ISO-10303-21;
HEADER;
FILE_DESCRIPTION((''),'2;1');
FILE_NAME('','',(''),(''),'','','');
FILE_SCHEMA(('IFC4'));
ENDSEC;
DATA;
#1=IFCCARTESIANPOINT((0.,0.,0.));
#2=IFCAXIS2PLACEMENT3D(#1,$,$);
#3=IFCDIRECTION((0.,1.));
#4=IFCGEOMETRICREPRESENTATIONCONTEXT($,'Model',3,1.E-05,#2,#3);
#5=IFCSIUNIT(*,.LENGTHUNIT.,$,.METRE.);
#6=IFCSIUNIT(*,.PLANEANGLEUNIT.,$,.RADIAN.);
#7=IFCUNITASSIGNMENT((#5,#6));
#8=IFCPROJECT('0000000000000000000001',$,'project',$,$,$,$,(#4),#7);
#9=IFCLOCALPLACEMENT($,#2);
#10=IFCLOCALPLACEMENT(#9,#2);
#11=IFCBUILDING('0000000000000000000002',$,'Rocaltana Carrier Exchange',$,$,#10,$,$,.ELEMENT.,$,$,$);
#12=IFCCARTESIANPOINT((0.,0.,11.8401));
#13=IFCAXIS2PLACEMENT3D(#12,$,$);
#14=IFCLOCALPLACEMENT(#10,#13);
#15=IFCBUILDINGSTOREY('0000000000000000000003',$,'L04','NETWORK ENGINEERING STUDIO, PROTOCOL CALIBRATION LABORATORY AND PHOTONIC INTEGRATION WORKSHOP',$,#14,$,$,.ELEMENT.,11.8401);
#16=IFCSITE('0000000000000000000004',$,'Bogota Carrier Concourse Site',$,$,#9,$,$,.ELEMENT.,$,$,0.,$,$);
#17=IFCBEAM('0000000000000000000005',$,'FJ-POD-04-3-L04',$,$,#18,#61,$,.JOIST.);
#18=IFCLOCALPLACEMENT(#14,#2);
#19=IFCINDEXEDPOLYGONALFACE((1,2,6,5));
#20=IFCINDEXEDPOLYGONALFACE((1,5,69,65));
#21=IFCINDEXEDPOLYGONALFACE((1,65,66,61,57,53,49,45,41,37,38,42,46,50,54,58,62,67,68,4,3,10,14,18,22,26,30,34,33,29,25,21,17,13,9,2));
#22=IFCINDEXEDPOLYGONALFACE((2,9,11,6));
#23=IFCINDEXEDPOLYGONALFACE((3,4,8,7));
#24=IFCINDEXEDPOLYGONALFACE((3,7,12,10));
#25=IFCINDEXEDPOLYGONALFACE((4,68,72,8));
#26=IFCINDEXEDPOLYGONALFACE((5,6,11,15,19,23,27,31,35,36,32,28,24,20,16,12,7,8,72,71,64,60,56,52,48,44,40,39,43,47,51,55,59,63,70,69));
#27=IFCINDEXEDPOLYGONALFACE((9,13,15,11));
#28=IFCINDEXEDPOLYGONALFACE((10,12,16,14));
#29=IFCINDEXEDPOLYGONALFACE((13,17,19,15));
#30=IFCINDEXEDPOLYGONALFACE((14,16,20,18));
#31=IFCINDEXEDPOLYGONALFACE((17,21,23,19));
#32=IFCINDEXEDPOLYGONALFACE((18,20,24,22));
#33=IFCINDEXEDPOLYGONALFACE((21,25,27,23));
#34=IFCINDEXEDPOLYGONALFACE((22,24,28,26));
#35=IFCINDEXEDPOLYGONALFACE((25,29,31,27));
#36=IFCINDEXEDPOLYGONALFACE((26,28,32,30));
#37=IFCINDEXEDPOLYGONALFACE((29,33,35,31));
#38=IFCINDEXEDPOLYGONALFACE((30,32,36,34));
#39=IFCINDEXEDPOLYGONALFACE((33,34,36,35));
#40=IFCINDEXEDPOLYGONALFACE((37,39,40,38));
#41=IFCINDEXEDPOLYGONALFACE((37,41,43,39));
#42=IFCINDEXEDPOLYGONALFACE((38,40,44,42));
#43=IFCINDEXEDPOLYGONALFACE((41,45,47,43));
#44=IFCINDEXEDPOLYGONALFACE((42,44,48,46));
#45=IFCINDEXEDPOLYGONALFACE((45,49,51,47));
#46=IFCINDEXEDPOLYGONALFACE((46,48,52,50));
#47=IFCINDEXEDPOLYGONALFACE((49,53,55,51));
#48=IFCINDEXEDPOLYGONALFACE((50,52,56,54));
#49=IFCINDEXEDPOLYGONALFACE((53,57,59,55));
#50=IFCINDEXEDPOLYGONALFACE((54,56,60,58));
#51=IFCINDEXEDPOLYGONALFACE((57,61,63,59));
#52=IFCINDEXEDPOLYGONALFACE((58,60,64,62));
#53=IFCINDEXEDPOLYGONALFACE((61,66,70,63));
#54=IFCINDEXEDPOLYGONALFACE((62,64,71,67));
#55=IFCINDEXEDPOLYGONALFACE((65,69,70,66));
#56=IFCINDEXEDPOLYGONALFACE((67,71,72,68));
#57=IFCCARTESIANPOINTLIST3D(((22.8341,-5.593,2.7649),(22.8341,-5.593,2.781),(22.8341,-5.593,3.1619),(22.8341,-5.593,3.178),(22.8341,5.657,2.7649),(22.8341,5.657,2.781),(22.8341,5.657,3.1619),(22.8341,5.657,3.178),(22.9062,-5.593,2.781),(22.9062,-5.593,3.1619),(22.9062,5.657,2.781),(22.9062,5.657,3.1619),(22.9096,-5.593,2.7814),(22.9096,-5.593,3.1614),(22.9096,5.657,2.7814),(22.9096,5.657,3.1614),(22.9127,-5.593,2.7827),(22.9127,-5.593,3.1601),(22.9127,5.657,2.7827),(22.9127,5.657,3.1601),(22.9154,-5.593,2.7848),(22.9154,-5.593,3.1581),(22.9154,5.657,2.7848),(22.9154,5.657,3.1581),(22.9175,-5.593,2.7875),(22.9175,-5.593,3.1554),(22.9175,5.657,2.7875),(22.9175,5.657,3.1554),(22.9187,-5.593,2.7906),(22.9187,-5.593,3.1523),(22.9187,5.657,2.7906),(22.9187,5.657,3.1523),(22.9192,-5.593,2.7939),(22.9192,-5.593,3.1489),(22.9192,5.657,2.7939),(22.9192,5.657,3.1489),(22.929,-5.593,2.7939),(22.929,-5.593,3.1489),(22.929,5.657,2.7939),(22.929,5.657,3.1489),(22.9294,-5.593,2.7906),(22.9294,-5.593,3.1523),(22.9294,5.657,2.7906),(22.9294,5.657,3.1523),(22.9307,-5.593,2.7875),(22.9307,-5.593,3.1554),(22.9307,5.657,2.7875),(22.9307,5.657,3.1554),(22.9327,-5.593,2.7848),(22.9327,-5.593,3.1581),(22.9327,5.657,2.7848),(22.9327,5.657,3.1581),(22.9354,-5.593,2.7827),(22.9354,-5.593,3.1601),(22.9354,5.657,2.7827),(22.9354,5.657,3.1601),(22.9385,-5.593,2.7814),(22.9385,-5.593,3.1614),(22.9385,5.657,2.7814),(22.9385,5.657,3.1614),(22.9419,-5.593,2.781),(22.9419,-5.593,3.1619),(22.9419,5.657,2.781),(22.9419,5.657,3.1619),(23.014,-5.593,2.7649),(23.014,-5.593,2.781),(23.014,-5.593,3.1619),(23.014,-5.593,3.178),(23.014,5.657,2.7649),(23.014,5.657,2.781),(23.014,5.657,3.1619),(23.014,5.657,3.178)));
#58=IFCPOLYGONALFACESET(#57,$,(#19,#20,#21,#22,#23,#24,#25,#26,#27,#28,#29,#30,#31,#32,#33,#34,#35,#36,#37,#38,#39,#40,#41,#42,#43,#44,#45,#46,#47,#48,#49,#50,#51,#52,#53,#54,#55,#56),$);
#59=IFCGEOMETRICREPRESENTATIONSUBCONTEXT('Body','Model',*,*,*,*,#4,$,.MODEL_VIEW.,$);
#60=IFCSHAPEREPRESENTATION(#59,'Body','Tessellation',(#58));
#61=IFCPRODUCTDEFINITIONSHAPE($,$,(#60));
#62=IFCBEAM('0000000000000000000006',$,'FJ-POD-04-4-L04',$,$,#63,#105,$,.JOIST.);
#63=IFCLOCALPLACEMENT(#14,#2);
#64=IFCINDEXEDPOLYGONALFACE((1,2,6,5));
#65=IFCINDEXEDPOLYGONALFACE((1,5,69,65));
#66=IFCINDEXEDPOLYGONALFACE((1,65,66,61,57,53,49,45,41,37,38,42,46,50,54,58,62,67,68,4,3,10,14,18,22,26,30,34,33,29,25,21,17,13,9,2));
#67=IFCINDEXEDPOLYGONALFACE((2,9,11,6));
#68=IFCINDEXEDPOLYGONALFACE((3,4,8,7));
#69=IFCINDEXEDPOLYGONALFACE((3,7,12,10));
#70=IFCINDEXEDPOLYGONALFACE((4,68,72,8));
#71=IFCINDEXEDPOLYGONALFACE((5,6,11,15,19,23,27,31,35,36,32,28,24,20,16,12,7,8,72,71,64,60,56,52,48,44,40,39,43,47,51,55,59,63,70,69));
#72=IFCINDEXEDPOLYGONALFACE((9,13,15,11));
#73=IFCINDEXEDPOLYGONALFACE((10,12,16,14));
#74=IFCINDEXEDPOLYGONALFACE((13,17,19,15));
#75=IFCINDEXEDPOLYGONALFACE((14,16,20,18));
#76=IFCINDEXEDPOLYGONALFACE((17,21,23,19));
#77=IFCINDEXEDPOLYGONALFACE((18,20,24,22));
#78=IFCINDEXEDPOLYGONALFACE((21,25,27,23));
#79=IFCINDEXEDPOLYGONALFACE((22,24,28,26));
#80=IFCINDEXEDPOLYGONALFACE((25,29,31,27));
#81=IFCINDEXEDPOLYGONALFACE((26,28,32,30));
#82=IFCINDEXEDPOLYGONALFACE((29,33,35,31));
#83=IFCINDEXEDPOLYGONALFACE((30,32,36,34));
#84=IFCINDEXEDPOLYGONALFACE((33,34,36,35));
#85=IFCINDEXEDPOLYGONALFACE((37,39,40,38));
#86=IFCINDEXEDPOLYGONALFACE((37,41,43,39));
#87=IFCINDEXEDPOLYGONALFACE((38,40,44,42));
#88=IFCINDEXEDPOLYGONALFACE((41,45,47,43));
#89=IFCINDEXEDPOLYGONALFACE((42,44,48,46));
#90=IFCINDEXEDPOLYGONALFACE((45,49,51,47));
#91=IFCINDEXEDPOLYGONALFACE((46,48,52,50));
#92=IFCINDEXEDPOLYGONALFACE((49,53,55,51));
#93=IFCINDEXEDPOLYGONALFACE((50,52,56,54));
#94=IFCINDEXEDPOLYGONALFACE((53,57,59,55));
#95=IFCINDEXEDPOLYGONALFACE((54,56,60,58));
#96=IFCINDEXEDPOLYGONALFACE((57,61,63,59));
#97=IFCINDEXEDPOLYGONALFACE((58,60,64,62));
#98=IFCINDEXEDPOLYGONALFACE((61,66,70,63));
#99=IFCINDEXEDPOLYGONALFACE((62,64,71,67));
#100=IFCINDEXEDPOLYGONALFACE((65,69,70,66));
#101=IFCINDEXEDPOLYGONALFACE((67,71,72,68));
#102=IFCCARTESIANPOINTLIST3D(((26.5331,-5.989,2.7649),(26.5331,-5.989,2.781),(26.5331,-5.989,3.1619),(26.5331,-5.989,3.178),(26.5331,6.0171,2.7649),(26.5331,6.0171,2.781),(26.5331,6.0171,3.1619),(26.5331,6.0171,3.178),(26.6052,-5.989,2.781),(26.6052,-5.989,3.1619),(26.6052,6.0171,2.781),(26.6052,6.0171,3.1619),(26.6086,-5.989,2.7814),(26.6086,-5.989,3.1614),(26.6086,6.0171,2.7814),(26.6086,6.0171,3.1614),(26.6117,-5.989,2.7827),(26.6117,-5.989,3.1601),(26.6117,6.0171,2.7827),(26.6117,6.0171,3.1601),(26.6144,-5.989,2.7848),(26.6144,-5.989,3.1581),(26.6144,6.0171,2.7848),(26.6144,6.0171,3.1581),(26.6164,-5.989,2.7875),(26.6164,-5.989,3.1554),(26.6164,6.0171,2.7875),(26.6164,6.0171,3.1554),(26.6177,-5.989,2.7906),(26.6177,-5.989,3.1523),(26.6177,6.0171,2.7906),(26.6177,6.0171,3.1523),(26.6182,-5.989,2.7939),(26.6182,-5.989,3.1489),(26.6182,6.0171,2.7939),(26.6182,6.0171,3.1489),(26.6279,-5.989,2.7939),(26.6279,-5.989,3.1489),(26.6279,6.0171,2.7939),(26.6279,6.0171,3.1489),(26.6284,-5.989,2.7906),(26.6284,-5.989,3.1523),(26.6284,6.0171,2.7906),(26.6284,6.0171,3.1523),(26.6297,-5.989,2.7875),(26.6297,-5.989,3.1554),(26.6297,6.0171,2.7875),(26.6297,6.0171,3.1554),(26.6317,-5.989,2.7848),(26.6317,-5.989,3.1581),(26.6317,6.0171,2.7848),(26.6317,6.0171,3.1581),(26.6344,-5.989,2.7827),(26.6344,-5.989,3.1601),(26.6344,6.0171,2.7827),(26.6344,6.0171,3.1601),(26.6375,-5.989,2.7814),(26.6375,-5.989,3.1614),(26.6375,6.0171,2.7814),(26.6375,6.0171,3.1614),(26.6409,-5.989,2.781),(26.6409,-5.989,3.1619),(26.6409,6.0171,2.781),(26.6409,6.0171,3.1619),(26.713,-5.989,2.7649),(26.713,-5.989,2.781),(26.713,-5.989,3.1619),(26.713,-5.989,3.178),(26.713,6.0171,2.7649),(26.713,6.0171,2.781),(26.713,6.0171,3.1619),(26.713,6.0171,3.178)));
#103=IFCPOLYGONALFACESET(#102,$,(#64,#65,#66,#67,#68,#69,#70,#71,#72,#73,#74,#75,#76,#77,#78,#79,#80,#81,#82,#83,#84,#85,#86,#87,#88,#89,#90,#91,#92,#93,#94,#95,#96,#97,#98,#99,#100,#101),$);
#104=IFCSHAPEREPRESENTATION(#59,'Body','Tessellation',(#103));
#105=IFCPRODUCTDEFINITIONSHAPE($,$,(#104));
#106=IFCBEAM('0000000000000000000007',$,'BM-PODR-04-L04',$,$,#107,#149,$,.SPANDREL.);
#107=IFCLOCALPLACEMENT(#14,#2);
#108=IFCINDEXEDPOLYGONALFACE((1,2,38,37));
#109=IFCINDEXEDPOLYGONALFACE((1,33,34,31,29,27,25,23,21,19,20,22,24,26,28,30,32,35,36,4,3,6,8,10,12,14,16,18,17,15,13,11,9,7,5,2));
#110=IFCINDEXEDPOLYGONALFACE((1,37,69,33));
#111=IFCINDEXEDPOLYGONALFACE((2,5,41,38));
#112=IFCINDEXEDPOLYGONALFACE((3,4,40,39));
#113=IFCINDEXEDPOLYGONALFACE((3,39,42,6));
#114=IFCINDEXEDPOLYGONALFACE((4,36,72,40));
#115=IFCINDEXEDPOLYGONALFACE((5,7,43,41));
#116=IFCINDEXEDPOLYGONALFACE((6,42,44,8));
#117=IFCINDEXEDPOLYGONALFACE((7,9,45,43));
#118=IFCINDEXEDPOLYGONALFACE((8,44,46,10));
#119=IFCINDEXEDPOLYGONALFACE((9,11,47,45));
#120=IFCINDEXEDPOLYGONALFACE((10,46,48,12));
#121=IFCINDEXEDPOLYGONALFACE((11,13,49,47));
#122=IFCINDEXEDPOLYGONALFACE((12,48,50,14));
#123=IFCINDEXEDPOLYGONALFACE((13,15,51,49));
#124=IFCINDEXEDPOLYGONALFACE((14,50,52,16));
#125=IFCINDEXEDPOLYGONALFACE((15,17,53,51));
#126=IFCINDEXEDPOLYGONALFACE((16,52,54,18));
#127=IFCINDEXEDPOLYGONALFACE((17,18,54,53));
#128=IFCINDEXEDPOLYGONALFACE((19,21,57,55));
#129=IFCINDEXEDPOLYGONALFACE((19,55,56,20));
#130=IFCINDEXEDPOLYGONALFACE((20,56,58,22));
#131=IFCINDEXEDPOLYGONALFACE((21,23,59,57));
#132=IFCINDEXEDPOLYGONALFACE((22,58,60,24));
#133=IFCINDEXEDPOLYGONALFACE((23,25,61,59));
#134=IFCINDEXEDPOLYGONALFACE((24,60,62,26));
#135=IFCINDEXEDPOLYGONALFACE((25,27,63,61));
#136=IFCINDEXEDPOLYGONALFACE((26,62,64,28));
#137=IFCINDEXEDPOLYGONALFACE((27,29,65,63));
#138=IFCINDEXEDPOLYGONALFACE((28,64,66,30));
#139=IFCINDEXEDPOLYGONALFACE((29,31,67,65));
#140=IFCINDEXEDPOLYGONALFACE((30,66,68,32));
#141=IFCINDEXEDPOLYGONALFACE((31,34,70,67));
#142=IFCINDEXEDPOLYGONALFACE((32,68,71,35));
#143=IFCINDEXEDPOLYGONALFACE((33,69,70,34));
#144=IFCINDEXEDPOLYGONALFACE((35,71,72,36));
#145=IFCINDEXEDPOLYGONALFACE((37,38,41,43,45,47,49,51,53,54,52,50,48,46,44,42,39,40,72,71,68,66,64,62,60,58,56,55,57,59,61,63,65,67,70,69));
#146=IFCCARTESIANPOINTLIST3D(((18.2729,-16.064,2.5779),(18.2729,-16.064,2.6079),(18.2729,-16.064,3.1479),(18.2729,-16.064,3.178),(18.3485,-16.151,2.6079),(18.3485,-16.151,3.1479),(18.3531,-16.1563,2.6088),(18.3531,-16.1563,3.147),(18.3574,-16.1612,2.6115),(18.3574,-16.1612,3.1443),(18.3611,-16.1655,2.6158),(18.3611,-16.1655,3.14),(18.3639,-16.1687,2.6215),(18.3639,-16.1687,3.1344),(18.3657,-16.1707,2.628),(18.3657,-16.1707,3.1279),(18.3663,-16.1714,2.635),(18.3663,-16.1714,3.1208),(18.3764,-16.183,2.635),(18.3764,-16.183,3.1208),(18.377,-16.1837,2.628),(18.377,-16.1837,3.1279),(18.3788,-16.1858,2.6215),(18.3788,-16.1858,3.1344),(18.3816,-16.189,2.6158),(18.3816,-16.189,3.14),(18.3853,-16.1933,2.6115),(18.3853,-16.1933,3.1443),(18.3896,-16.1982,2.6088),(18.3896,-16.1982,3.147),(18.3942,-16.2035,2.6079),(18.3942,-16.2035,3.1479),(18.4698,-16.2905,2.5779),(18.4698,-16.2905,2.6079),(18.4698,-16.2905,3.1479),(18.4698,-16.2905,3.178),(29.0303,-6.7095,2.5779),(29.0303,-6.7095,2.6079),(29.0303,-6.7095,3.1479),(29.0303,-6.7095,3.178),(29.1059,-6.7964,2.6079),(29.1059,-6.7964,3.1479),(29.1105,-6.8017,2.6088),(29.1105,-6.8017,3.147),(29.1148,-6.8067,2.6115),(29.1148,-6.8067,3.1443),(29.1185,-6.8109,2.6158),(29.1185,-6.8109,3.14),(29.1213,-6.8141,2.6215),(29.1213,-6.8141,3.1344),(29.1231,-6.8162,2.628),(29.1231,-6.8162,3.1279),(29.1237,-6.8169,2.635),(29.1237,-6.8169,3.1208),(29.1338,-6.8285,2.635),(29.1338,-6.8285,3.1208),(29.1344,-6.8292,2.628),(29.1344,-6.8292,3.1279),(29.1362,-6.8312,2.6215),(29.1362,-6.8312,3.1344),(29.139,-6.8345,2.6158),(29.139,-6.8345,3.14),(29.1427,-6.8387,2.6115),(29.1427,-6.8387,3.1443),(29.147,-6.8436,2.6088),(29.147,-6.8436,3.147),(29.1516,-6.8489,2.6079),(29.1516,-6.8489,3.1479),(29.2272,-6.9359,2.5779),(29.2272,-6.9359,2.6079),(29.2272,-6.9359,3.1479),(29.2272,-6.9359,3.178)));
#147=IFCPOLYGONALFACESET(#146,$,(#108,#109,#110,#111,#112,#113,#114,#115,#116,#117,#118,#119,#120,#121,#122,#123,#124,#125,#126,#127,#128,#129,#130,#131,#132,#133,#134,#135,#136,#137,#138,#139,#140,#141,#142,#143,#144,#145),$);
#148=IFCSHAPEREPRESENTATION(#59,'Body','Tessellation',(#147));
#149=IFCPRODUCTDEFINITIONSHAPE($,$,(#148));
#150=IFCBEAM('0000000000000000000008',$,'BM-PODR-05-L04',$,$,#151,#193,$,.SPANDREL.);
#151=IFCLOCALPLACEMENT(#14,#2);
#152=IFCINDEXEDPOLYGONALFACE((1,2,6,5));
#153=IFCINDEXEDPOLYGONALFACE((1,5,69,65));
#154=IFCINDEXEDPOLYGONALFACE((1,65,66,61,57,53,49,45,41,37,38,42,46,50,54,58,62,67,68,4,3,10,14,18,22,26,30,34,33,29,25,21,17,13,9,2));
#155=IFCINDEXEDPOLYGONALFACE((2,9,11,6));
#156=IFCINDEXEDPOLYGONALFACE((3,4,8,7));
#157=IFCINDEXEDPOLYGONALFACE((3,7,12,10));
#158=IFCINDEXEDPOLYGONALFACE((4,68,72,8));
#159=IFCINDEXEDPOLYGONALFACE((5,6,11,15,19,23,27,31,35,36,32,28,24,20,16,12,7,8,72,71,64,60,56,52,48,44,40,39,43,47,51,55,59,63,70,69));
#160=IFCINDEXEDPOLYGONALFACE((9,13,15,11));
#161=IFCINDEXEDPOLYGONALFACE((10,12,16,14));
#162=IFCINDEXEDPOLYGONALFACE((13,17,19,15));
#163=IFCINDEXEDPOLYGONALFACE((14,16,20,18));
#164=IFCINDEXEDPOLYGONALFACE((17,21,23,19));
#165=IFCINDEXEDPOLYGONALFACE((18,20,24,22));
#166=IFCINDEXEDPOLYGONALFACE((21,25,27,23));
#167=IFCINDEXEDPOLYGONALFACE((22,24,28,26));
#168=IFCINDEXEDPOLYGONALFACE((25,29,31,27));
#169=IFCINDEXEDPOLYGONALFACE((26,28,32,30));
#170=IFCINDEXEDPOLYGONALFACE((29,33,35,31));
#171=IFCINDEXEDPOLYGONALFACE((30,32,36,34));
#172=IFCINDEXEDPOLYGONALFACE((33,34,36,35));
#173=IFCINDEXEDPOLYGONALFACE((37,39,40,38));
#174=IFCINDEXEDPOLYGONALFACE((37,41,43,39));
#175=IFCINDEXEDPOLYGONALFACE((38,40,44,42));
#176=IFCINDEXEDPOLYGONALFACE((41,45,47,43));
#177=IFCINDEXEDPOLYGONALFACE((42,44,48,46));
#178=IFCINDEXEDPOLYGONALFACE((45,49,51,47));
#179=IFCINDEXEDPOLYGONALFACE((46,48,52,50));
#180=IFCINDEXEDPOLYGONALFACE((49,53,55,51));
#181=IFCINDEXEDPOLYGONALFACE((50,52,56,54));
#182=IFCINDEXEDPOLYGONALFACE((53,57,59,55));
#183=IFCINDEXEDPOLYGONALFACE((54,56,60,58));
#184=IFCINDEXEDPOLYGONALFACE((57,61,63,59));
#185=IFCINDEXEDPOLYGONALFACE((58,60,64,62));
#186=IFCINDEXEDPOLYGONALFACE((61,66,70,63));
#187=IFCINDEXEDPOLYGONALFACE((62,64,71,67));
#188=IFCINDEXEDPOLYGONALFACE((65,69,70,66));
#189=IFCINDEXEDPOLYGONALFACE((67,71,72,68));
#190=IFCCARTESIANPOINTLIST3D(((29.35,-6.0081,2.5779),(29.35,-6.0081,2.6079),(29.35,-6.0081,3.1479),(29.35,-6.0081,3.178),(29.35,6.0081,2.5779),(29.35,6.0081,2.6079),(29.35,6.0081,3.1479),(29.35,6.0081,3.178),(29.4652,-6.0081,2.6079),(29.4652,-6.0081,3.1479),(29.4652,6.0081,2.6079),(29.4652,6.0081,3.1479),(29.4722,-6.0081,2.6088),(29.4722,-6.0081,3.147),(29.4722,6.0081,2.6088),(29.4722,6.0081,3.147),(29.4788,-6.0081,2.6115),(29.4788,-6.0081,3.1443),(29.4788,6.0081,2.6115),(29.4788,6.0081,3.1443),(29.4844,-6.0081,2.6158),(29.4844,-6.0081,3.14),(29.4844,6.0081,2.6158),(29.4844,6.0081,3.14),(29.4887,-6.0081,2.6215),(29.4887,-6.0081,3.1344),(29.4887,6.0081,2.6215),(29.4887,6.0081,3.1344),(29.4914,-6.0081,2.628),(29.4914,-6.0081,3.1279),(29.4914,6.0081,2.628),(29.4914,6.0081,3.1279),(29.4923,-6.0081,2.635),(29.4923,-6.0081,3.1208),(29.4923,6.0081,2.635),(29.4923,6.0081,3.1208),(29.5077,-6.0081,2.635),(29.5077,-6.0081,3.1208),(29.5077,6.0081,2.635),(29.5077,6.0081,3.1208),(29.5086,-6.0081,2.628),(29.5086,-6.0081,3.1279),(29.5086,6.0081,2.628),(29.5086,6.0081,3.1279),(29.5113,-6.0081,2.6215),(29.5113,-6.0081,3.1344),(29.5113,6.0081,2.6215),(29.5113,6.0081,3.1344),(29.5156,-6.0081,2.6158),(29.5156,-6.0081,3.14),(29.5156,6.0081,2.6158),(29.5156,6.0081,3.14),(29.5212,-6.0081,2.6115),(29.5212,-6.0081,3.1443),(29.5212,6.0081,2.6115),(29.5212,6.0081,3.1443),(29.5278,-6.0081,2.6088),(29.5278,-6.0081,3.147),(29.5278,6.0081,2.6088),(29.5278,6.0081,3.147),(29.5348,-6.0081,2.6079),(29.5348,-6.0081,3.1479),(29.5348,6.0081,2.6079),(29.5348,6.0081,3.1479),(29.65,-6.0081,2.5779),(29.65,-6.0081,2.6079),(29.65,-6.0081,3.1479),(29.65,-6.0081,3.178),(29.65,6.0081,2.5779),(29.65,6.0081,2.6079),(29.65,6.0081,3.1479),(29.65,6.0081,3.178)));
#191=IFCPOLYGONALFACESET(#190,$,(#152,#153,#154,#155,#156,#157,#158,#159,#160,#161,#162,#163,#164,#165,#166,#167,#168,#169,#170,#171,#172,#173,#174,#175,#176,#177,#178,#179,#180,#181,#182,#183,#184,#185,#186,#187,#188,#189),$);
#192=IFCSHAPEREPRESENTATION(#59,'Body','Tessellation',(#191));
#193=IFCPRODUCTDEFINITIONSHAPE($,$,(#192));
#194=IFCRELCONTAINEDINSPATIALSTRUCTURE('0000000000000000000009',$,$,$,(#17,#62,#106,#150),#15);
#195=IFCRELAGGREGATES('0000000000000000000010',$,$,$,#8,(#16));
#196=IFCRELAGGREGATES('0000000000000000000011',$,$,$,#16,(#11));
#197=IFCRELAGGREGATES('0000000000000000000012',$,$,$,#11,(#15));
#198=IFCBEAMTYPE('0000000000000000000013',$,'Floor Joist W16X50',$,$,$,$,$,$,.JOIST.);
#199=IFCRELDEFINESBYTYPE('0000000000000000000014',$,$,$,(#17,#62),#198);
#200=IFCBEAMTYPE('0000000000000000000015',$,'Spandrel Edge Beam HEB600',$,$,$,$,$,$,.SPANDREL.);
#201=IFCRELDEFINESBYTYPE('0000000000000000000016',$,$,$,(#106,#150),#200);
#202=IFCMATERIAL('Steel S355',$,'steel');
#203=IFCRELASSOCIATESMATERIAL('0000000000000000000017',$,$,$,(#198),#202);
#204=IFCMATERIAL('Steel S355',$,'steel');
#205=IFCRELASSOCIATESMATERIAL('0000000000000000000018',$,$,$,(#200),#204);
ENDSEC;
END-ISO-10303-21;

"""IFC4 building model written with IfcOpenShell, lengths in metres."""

from ifc_helpers import new_model, si_unit, direction, frame, origin, origin_2d, place, context, subcontext, project, spatial, i_section, extrude, material, material_profile, profile_set, type_object, element, save


model = new_model("IFC4")

# Units and contexts
model_context = context("Model", 3, precision=1e-05, world=origin(), true_north=direction((0.0, 1.0)))
body_context = subcontext(model_context, "Body", "Model", "MODEL_VIEW")
ifc_project = project(units=[si_unit("LENGTHUNIT", "METRE"), si_unit("PLANEANGLEUNIT", "RADIAN")], contexts=[model_context])

# Site, building, storey
site_placement = place(None, origin())
site = spatial("IfcSite", under=ifc_project, at=site_placement, Name="Bogota Carrier Concourse Site", CompositionType="ELEMENT", RefElevation=0.0)
building_placement = place(site_placement, origin())
building = spatial("IfcBuilding", under=site, at=building_placement, Name="Rocaltana Carrier Exchange", CompositionType="ELEMENT")
storey_placement = place(building_placement, frame((0.0, 0.0, 11.8401)))
storey = spatial("IfcBuildingStorey", under=building, at=storey_placement, Name="L04", Description="NETWORK ENGINEERING STUDIO, PROTOCOL CALIBRATION LABORATORY AND PHOTONIC INTEGRATION WORKSHOP", CompositionType="ELEMENT", Elevation=11.8401)

# Beams
ifc_material_1 = material(Name="Steel S355", Category="steel")
ifc_material_profile_1 = material_profile(ifc_material_1, i_section(OverallWidth=0.1799, OverallDepth=0.4131, WebThickness=0.0098, FlangeThickness=0.0161, FilletRadius=0.0129, at=origin_2d()), Name="W16X50")
ifc_profile_set_1 = profile_set([ifc_material_profile_1], Name="Steel S355")
beam_type_1 = type_object("IfcBeamType", Name="Floor Joist W16X50", PredefinedType="JOIST", material=ifc_profile_set_1)
beam_1_placement = place(storey_placement, frame((22.9241, -5.593, 2.9714), z_axis=(0.0, 1.0, 0.0), x_axis=(-1.0, 0.0, 0.0)))
element("IfcBeam", 1, at=beam_1_placement, inside=storey, type_object=beam_type_1, Name="FJ-POD-04-3-L04", PredefinedType="JOIST", context=body_context, shape_type="SweptSolid", body=[
    extrude(i_section(OverallWidth=0.1799, OverallDepth=0.4131, WebThickness=0.0098, FlangeThickness=0.0161, FilletRadius=0.0129, at=origin_2d()), origin(), (0.0, 0.0, 1.0), 11.25),
])
beam_2_placement = place(storey_placement, frame((26.623, -5.989, 2.9714), z_axis=(0.0, 1.0, 0.0), x_axis=(-1.0, 0.0, 0.0)))
element("IfcBeam", 2, at=beam_2_placement, inside=storey, type_object=beam_type_1, Name="FJ-POD-04-4-L04", PredefinedType="JOIST", context=body_context, shape_type="SweptSolid", body=[
    extrude(i_section(OverallWidth=0.1799, OverallDepth=0.4131, WebThickness=0.0098, FlangeThickness=0.0161, FilletRadius=0.0129, at=origin_2d()), origin(), (0.0, 0.0, 1.0), 12.0061),
])
ifc_material_2 = material(Name="Steel S355", Category="steel")
ifc_material_profile_2 = material_profile(ifc_material_2, i_section(OverallWidth=0.3, OverallDepth=0.6001, WebThickness=0.0154, FlangeThickness=0.03, FilletRadius=0.0271, at=origin_2d()), Name="HEB600")
ifc_profile_set_2 = profile_set([ifc_material_profile_2], Name="Steel S355")
beam_type_2 = type_object("IfcBeamType", Name="Spandrel Edge Beam HEB600", PredefinedType="SPANDREL", material=ifc_profile_set_2)
beam_3_placement = place(storey_placement, frame((18.3713, -16.1772, 2.8779), z_axis=(0.754595, 0.656191, 0.0), x_axis=(-0.656191, 0.754595, 0.0)))
element("IfcBeam", 3, at=beam_3_placement, inside=storey, type_object=beam_type_2, Name="BM-PODR-04-L04", PredefinedType="SPANDREL", context=body_context, shape_type="SweptSolid", body=[
    extrude(i_section(OverallWidth=0.3, OverallDepth=0.6001, WebThickness=0.0154, FlangeThickness=0.03, FilletRadius=0.0271, at=origin_2d()), origin(), (0.0, 0.0, 1.0), 14.2559),
])
beam_4_placement = place(storey_placement, frame((29.5, -6.0081, 2.8779), z_axis=(0.0, 1.0, 0.0), x_axis=(-1.0, 0.0, 0.0)))
element("IfcBeam", 4, at=beam_4_placement, inside=storey, type_object=beam_type_2, Name="BM-PODR-05-L04", PredefinedType="SPANDREL", context=body_context, shape_type="SweptSolid", body=[
    extrude(i_section(OverallWidth=0.3, OverallDepth=0.6001, WebThickness=0.0154, FlangeThickness=0.03, FilletRadius=0.0271, at=origin_2d()), origin(), (0.0, 0.0, 1.0), 12.0161),
])

save(model, "model.ifc")
